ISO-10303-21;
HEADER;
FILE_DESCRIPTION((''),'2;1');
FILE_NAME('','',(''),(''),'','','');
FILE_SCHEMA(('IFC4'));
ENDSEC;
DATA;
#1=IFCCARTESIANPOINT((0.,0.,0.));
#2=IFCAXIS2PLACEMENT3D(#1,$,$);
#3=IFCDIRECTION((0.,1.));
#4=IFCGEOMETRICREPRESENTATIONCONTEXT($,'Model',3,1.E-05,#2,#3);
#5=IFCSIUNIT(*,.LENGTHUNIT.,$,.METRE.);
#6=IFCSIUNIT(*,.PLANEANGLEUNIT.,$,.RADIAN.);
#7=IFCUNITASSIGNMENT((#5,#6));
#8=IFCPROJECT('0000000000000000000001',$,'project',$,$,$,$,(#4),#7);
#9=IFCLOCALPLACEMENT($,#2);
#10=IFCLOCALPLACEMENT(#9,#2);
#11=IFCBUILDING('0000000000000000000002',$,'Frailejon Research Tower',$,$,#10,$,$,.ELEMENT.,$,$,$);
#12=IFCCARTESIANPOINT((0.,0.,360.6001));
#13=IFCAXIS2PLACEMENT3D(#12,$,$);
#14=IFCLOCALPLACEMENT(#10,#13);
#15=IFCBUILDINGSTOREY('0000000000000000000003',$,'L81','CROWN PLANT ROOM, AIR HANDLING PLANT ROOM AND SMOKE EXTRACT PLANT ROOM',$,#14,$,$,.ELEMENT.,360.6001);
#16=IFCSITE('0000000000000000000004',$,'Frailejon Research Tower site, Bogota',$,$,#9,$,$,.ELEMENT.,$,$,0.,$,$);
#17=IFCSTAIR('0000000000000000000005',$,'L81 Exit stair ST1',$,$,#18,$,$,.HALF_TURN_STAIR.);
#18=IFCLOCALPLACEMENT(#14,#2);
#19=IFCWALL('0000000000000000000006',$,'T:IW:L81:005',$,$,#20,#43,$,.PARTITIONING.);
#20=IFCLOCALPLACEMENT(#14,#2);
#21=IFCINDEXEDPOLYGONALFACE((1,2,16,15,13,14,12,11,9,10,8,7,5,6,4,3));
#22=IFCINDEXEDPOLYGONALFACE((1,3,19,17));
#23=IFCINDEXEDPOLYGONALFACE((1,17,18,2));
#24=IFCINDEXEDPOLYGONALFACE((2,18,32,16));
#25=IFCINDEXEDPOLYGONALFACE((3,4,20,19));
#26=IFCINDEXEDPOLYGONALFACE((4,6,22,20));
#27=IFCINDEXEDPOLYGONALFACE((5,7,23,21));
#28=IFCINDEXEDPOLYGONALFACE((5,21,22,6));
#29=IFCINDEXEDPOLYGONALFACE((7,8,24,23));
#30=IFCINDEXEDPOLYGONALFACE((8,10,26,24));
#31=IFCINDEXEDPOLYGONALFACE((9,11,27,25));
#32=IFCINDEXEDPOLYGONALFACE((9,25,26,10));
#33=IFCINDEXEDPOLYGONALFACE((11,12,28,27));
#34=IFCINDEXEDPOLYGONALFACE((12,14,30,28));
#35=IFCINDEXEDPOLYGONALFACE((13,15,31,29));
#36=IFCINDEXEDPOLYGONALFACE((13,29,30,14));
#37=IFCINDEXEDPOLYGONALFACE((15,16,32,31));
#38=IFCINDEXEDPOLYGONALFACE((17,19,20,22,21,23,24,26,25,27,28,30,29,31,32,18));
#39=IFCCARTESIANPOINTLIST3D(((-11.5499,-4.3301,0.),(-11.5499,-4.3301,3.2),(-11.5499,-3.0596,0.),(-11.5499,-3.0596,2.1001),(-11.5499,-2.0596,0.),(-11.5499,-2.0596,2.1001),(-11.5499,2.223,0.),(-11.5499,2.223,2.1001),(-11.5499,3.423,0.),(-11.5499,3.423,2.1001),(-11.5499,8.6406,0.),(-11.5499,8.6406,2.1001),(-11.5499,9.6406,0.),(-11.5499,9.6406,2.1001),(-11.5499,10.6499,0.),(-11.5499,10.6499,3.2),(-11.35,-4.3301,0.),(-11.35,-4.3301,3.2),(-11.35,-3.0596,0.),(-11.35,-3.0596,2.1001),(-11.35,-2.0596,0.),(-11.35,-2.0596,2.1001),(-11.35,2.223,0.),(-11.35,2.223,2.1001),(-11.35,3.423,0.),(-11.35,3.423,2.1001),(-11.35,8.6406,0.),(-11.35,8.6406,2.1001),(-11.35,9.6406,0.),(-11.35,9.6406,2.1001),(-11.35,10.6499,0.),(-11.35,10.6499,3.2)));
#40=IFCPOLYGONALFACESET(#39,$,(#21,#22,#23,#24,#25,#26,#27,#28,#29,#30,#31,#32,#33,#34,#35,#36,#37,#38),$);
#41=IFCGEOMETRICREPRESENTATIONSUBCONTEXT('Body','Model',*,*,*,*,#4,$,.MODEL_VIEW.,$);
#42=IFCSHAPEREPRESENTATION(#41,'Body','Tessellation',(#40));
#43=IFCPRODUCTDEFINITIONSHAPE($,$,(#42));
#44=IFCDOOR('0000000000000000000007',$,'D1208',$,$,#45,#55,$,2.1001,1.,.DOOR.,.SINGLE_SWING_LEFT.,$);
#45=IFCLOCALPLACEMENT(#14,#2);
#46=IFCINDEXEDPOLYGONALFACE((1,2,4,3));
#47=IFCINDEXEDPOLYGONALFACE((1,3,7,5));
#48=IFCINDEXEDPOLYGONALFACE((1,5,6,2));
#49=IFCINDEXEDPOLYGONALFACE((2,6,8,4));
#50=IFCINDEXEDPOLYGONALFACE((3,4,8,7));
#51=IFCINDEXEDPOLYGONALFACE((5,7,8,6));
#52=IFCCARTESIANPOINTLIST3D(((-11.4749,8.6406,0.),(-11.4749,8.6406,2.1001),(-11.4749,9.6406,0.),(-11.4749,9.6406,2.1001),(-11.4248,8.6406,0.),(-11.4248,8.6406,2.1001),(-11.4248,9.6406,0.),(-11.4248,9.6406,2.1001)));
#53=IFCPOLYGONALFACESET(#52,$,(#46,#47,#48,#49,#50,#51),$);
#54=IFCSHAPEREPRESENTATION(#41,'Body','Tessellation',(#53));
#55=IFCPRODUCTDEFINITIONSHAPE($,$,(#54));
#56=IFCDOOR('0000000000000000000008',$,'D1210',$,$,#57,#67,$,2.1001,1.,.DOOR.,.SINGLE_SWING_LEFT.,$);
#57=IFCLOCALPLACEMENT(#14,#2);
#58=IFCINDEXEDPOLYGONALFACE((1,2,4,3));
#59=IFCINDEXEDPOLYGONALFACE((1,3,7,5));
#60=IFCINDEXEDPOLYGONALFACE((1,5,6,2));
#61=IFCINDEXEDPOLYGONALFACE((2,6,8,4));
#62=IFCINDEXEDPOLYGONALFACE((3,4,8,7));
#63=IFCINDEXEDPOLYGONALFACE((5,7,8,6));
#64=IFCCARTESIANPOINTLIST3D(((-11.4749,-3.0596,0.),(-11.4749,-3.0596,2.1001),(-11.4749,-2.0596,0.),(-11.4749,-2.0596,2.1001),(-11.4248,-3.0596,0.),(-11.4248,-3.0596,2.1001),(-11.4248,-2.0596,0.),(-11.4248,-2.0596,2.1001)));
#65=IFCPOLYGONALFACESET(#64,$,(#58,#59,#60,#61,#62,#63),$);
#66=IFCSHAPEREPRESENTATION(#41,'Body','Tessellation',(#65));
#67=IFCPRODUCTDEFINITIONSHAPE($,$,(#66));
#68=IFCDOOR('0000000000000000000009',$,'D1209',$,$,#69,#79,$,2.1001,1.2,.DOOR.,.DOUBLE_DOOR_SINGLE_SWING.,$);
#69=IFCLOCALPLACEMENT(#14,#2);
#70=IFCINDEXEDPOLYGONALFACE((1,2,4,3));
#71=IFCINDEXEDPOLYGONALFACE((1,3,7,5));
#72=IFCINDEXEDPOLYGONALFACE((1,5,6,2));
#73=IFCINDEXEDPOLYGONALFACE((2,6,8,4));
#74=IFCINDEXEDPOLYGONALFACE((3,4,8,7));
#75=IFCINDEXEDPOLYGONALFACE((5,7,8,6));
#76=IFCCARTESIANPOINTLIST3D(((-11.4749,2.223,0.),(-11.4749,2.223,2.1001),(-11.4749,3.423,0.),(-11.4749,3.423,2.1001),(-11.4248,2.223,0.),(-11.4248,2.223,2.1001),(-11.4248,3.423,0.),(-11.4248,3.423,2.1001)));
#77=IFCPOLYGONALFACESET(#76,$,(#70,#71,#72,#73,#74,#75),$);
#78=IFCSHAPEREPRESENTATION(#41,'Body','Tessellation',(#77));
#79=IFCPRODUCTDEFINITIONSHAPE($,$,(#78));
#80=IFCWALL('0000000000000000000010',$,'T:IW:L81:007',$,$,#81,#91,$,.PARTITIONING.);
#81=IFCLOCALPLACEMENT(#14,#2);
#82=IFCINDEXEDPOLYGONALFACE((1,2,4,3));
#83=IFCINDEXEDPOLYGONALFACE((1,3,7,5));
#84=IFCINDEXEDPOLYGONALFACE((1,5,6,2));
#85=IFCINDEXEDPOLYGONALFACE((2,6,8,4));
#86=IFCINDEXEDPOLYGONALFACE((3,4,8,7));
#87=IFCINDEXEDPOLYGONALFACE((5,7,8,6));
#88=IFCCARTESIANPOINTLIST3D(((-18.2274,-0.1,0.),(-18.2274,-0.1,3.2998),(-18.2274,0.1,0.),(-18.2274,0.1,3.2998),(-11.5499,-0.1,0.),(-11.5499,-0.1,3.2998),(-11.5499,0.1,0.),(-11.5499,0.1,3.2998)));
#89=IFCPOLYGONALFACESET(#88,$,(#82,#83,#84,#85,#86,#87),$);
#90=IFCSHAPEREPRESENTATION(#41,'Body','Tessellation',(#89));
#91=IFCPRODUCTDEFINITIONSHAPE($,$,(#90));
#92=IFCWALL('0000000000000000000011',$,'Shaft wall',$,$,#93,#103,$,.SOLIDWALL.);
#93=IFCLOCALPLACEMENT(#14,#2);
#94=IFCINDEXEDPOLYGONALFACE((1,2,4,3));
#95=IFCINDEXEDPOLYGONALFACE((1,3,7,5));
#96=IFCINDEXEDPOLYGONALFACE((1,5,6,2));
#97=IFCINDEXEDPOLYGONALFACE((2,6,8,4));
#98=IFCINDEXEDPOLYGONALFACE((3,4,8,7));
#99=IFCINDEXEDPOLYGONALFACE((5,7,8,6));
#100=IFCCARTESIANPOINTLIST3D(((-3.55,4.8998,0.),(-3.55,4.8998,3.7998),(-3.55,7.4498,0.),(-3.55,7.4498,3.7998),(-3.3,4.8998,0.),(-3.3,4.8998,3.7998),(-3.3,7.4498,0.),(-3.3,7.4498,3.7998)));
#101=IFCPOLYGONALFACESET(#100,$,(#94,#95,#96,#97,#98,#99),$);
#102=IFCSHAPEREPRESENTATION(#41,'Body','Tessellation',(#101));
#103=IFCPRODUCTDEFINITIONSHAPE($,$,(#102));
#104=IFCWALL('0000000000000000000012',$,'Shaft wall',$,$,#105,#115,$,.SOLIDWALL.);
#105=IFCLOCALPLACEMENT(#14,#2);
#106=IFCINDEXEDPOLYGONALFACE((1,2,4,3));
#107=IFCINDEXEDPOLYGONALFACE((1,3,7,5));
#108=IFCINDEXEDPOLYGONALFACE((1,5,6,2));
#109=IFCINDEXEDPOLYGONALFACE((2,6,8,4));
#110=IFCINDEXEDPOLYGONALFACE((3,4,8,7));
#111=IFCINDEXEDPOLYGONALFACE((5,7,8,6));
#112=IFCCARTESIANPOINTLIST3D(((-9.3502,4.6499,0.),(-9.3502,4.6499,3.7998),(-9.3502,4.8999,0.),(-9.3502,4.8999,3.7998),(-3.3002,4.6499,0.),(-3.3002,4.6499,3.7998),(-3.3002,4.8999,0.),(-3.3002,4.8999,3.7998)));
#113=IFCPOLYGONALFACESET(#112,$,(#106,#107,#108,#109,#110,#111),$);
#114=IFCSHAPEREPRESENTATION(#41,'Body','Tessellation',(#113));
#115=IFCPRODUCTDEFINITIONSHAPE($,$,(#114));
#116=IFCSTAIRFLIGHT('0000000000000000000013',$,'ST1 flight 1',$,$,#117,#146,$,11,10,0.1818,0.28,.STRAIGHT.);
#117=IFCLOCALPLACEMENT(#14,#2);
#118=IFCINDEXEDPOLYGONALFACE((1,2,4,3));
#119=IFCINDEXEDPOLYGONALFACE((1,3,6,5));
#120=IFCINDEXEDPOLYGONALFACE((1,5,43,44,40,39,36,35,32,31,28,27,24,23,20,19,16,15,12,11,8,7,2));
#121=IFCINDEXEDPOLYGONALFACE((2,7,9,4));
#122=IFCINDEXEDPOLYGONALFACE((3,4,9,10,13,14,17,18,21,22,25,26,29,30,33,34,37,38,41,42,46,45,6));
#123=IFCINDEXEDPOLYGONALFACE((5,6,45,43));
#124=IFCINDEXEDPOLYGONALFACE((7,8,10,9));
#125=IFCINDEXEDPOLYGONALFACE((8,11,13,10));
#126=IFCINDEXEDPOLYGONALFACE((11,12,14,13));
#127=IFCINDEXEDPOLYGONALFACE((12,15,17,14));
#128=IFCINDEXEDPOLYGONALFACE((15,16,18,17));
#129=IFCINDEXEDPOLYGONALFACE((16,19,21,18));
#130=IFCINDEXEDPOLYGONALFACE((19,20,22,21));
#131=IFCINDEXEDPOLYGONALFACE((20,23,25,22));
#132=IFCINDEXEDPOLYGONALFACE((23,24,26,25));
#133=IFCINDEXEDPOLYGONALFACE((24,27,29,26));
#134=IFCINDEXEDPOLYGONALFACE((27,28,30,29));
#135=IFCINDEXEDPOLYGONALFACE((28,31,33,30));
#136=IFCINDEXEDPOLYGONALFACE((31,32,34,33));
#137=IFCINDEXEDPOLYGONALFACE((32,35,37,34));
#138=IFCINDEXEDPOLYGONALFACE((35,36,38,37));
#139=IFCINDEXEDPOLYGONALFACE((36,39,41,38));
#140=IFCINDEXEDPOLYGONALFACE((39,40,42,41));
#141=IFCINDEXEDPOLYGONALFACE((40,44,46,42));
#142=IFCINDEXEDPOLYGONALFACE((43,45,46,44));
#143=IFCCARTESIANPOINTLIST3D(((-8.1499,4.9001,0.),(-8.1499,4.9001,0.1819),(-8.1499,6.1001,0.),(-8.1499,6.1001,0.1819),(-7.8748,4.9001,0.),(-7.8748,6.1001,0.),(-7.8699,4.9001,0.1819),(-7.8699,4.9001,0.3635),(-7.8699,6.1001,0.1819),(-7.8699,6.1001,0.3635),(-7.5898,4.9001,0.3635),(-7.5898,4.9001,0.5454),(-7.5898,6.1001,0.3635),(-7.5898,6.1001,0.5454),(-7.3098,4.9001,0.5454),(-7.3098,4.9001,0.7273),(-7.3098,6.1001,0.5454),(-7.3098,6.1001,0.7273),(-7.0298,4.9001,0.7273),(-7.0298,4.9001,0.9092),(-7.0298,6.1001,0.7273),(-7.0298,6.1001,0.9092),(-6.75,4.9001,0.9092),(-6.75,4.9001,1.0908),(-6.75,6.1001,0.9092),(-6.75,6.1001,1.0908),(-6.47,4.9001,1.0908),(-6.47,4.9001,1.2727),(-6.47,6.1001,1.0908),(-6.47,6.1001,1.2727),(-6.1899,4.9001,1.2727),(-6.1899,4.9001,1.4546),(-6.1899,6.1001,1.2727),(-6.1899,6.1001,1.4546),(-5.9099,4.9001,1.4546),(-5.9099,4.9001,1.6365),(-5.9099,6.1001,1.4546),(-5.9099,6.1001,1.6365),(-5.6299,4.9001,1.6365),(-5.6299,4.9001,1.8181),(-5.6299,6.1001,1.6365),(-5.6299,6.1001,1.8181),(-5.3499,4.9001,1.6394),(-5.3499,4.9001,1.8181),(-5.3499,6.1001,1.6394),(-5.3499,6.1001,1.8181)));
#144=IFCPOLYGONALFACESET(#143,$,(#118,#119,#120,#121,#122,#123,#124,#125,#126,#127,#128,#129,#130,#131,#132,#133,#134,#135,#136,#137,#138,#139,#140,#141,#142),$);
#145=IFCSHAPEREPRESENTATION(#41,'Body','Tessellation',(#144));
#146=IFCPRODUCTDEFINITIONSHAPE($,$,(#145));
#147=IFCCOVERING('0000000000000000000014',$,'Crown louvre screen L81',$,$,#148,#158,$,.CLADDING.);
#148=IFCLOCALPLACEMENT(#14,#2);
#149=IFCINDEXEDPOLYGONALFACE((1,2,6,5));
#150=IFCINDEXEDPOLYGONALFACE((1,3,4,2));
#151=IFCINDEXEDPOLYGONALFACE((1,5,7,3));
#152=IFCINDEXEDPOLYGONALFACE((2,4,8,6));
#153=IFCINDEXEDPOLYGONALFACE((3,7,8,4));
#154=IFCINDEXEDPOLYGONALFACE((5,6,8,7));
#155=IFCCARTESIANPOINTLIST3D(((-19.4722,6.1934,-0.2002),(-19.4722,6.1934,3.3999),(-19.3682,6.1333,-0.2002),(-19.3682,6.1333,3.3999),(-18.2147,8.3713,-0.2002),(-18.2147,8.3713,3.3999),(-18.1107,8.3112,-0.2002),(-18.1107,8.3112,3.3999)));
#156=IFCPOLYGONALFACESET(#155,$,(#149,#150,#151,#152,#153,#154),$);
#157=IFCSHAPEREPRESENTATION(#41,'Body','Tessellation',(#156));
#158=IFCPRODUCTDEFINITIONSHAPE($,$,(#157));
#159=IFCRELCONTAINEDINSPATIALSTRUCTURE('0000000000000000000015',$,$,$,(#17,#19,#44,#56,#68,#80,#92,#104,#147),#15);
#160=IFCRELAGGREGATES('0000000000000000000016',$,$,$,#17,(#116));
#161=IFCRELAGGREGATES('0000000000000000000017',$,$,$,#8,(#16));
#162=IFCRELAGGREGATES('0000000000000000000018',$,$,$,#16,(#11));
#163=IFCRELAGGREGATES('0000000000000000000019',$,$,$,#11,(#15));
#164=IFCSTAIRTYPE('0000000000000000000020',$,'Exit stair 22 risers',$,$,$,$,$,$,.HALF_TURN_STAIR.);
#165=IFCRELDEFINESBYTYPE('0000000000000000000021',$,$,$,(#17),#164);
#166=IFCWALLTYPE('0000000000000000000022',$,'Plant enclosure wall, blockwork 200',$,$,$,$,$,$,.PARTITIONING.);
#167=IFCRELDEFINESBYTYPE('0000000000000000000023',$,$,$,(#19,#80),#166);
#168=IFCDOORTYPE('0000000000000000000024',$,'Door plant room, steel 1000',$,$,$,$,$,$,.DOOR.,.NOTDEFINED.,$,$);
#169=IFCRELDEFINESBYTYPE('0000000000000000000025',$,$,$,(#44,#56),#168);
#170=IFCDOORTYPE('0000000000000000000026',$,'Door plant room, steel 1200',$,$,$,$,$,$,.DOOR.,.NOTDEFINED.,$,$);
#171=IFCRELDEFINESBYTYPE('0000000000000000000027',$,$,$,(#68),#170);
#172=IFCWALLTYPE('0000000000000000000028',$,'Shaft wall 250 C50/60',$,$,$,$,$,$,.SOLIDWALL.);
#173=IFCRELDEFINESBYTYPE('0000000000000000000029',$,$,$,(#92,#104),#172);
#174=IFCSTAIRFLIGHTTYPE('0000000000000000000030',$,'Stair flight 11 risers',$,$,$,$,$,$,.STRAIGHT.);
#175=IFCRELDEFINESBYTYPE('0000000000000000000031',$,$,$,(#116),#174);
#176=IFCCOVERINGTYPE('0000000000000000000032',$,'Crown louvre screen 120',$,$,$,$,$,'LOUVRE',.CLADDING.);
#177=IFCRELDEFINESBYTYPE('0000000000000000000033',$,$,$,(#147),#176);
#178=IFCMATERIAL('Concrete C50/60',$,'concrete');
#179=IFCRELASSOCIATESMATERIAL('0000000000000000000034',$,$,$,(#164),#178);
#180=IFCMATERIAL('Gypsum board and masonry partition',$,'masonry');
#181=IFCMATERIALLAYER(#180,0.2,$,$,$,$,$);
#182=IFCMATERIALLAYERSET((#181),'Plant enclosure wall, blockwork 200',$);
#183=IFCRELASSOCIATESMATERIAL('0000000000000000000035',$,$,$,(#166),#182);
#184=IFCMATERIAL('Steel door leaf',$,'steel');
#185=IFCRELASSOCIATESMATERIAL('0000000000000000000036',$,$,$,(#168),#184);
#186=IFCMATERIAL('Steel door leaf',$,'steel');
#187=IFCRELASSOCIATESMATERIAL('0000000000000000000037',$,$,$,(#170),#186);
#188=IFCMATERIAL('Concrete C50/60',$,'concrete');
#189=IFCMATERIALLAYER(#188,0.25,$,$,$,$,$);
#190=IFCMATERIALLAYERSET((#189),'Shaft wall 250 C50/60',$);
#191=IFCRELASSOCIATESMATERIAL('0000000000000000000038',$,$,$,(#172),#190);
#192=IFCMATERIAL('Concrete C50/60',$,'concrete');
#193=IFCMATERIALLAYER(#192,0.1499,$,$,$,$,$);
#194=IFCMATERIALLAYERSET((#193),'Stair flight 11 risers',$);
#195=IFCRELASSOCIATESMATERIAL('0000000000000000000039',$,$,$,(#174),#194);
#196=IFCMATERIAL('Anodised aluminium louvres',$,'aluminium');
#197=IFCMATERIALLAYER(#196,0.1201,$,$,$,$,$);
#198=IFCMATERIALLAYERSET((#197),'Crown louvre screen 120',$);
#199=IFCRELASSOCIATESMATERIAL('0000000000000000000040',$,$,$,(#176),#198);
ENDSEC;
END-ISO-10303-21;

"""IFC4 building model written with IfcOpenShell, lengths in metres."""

from ifc_helpers import new_model, si_unit, direction, frame, frame_2d, origin, place, context, subcontext, project, spatial, polyline, rectangle, outline, extrude, material, layer, layer_set, type_object, element, fill, aggregate, save


model = new_model("IFC4")

# Units and contexts
model_context = context("Model", 3, precision=1e-05, world=origin(), true_north=direction((0.0, 1.0)))
body_context = subcontext(model_context, "Body", "Model", "MODEL_VIEW")
ifc_project = project(units=[si_unit("LENGTHUNIT", "METRE"), si_unit("PLANEANGLEUNIT", "RADIAN")], contexts=[model_context])

# Site, building, storey
site_placement = place(None, origin())
site = spatial("IfcSite", under=ifc_project, at=site_placement, Name="Frailejon Research Tower site, Bogota", CompositionType="ELEMENT", RefElevation=0.0)
building_placement = place(site_placement, origin())
building = spatial("IfcBuilding", under=site, at=building_placement, Name="Frailejon Research Tower", CompositionType="ELEMENT")
storey_placement = place(building_placement, frame((0.0, 0.0, 360.6001)))
storey = spatial("IfcBuildingStorey", under=building, at=storey_placement, Name="L81", Description="CROWN PLANT ROOM, AIR HANDLING PLANT ROOM AND SMOKE EXTRACT PLANT ROOM", CompositionType="ELEMENT", Elevation=360.6001)

# Stair
ifc_material_1 = material(Name="Concrete C50/60", Category="concrete")
stair_type = type_object("IfcStairType", Name="Exit stair 22 risers", PredefinedType="HALF_TURN_STAIR", material=ifc_material_1)
stair_1_placement = place(storey_placement, origin())
stair_1 = element("IfcStair", 1, at=stair_1_placement, inside=storey, type_object=stair_type, Name="L81 Exit stair ST1", PredefinedType="HALF_TURN_STAIR")

# Wall, openings, doors
ifc_material_2 = material(Name="Gypsum board and masonry partition", Category="masonry")
ifc_layer_1 = layer(ifc_material_2, 0.2)
ifc_layer_set_1 = layer_set([ifc_layer_1], Name="Plant enclosure wall, blockwork 200")
wall_type_1 = type_object("IfcWallType", Name="Plant enclosure wall, blockwork 200", PredefinedType="PARTITIONING", material=ifc_layer_set_1)
wall_1_placement = place(storey_placement, frame((-11.45, -4.3301, 0.0), z_axis=(0.0, 0.0, 1.0), x_axis=(0.0, 1.0, 0.0)))
wall_1 = element("IfcWall", 2, at=wall_1_placement, inside=storey, type_object=wall_type_1, Name="T:IW:L81:005", PredefinedType="PARTITIONING", context=body_context, shape_type="SweptSolid", body=[
    extrude(rectangle(XDim=14.98, YDim=0.2, at=frame_2d((7.49, 0.0))), origin(), (0.0, 0.0, 1.0), 3.2),
])
opening_1_placement = place(wall_1_placement, frame((12.9707, 0.0, 0.0)))
opening_1 = element("IfcOpeningElement", 3, at=opening_1_placement, cuts=wall_1, PredefinedType="OPENING", context=body_context, shape_type="SweptSolid", body=[
    extrude(rectangle(XDim=1.0, YDim=2.1001, at=frame_2d((0.5, 1.05))), frame((0.0, 0.1099, 0.0), z_axis=(0.0, -1.0, 0.0), x_axis=(1.0, 0.0, 0.0)), (0.0, 0.0, 1.0), 0.22),
])
opening_2_placement = place(wall_1_placement, frame((6.553, 0.0, 0.0)))
opening_2 = element("IfcOpeningElement", 4, at=opening_2_placement, cuts=wall_1, PredefinedType="OPENING", context=body_context, shape_type="SweptSolid", body=[
    extrude(rectangle(XDim=1.2, YDim=2.1001, at=frame_2d((0.6001, 1.05))), frame((0.0, 0.1099, 0.0), z_axis=(0.0, -1.0, 0.0), x_axis=(1.0, 0.0, 0.0)), (0.0, 0.0, 1.0), 0.22),
])
opening_3_placement = place(wall_1_placement, frame((1.2705, 0.0, 0.0)))
opening_3 = element("IfcOpeningElement", 5, at=opening_3_placement, cuts=wall_1, PredefinedType="OPENING", context=body_context, shape_type="SweptSolid", body=[
    extrude(rectangle(XDim=1.0, YDim=2.1001, at=frame_2d((0.5, 1.05))), frame((0.0, 0.1099, 0.0), z_axis=(0.0, -1.0, 0.0), x_axis=(1.0, 0.0, 0.0)), (0.0, 0.0, 1.0), 0.22),
])
ifc_material_3 = material(Name="Steel door leaf", Category="steel")
door_type_1 = type_object("IfcDoorType", Name="Door plant room, steel 1000", OperationType="NOTDEFINED", PredefinedType="DOOR", material=ifc_material_3)
door_1_placement = place(opening_1_placement, origin())
door_1 = element("IfcDoor", 6, at=door_1_placement, inside=storey, type_object=door_type_1, Name="D1208", OperationType="SINGLE_SWING_LEFT", OverallHeight=2.1001, OverallWidth=1.0, PredefinedType="DOOR", context=body_context, shape_type="SweptSolid", body=[
    extrude(rectangle(XDim=1.0, YDim=2.1001, at=frame_2d((0.5, 1.05))), frame((0.0, 0.0249, 0.0), z_axis=(0.0, -1.0, 0.0), x_axis=(1.0, 0.0, 0.0)), (0.0, 0.0, 1.0), 0.05),
])
fill(opening_1, door_1)
door_2_placement = place(opening_3_placement, origin())
door_2 = element("IfcDoor", 7, at=door_2_placement, inside=storey, type_object=door_type_1, Name="D1210", OperationType="SINGLE_SWING_LEFT", OverallHeight=2.1001, OverallWidth=1.0, PredefinedType="DOOR", context=body_context, shape_type="SweptSolid", body=[
    extrude(rectangle(XDim=1.0, YDim=2.1001, at=frame_2d((0.5, 1.05))), frame((0.0, 0.0249, 0.0), z_axis=(0.0, -1.0, 0.0), x_axis=(1.0, 0.0, 0.0)), (0.0, 0.0, 1.0), 0.05),
])
fill(opening_3, door_2)
ifc_material_4 = material(Name="Steel door leaf", Category="steel")
door_type_2 = type_object("IfcDoorType", Name="Door plant room, steel 1200", OperationType="NOTDEFINED", PredefinedType="DOOR", material=ifc_material_4)
door_3_placement = place(opening_2_placement, origin())
door_3 = element("IfcDoor", 8, at=door_3_placement, inside=storey, type_object=door_type_2, Name="D1209", OperationType="DOUBLE_DOOR_SINGLE_SWING", OverallHeight=2.1001, OverallWidth=1.2, PredefinedType="DOOR", context=body_context, shape_type="SweptSolid", body=[
    extrude(rectangle(XDim=1.2, YDim=2.1001, at=frame_2d((0.6001, 1.05))), frame((0.0, 0.0249, 0.0), z_axis=(0.0, -1.0, 0.0), x_axis=(1.0, 0.0, 0.0)), (0.0, 0.0, 1.0), 0.05),
])
fill(opening_2, door_3)

# Walls
wall_2_placement = place(storey_placement, frame((-18.2275, 0.0, 0.0), z_axis=(0.0, 0.0, 1.0), x_axis=(1.0, 0.0, 0.0)))
element("IfcWall", 9, at=wall_2_placement, inside=storey, type_object=wall_type_1, Name="T:IW:L81:007", PredefinedType="PARTITIONING", context=body_context, shape_type="SweptSolid", body=[
    extrude(rectangle(XDim=6.6775, YDim=0.2, at=frame_2d((3.3389, 0.0))), origin(), (0.0, 0.0, 1.0), 3.2998),
])
ifc_material_5 = material(Name="Concrete C50/60", Category="concrete")
ifc_layer_2 = layer(ifc_material_5, 0.25)
ifc_layer_set_2 = layer_set([ifc_layer_2], Name="Shaft wall 250 C50/60")
wall_type_2 = type_object("IfcWallType", Name="Shaft wall 250 C50/60", PredefinedType="SOLIDWALL", material=ifc_layer_set_2)
wall_3_placement = place(storey_placement, frame((-3.425, 4.8999, 0.0), z_axis=(0.0, 0.0, 1.0), x_axis=(0.0, 1.0, 0.0)))
element("IfcWall", 10, at=wall_3_placement, inside=storey, type_object=wall_type_2, Name="Shaft wall", PredefinedType="SOLIDWALL", context=body_context, shape_type="SweptSolid", body=[
    extrude(rectangle(XDim=2.55, YDim=0.25, at=frame_2d((1.2749, 0.0))), origin(), (0.0, 0.0, 1.0), 3.7998),
])
wall_4_placement = place(storey_placement, frame((-9.3501, 4.7749, 0.0), z_axis=(0.0, 0.0, 1.0), x_axis=(1.0, 0.0, 0.0)))
element("IfcWall", 11, at=wall_4_placement, inside=storey, type_object=wall_type_2, Name="Shaft wall", PredefinedType="SOLIDWALL", context=body_context, shape_type="SweptSolid", body=[
    extrude(rectangle(XDim=6.05, YDim=0.25, at=frame_2d((3.0249, 0.0))), origin(), (0.0, 0.0, 1.0), 3.7998),
])

# Stair flight
ifc_material_6 = material(Name="Concrete C50/60", Category="concrete")
ifc_layer_3 = layer(ifc_material_6, 0.1499)
ifc_layer_set_3 = layer_set([ifc_layer_3], Name="Stair flight 11 risers")
stair_flight_type = type_object("IfcStairFlightType", Name="Stair flight 11 risers", PredefinedType="STRAIGHT", material=ifc_layer_set_3)
stair_flight_placement = place(storey_placement, frame((-8.1499, 5.5, 0.0), z_axis=(0.0, 0.0, 1.0), x_axis=(1.0, 0.0, 0.0)))
stair_flight = element("IfcStairFlight", 12, at=stair_flight_placement, type_object=stair_flight_type, Name="ST1 flight 1", NumberOfRisers=11, NumberOfTreads=10, PredefinedType="STRAIGHT", RiserHeight=0.1818, TreadLength=0.28, context=body_context, shape_type="SweptSolid", body=[
    extrude(outline(polyline([(0.0, 0.0), (0.0, 0.1819), (0.28, 0.1819), (0.28, 0.3635), (0.5601, 0.3635), (0.5601, 0.5454), (0.8401, 0.5454), (0.8401, 0.7273), (1.1201, 0.7273), (1.1201, 0.9092), (1.3999, 0.9092), (1.3999, 1.0908), (1.6799, 1.0908), (1.6799, 1.2727), (1.96, 1.2727), (1.96, 1.4546), (2.24, 1.4546), (2.24, 1.6365), (2.52, 1.6365), (2.52, 1.8181), (2.8, 1.8181), (2.8, 2.0), (2.8, 1.6394), (0.2751, 0.0), (0.0, 0.0)])), frame((0.0, 0.6001, 0.0), z_axis=(0.0, -1.0, 0.0), x_axis=(1.0, 0.0, 0.0)), (0.0, 0.0, 1.0), 1.2),
])
aggregate(stair_1, [stair_flight])

# Covering
ifc_material_7 = material(Name="Anodised aluminium louvres", Category="aluminium")
ifc_layer_4 = layer(ifc_material_7, 0.1201)
ifc_layer_set_4 = layer_set([ifc_layer_4], Name="Crown louvre screen 120")
covering_type = type_object("IfcCoveringType", Name="Crown louvre screen 120", ElementType="LOUVRE", PredefinedType="CLADDING", material=ifc_layer_set_4)
covering_placement = place(storey_placement, frame((-19.4202, 6.1633, -0.2002), z_axis=(0.500009, 0.86602, 0.0), x_axis=(-0.86602, 0.500009, 0.0)))
element("IfcCovering", 13, at=covering_placement, inside=storey, type_object=covering_type, Name="Crown louvre screen L81", PredefinedType="CLADDING", context=body_context, shape_type="SweptSolid", body=[
    extrude(outline(polyline([(-0.0601, 0.0), (0.0601, 0.0), (0.0601, 3.6001), (-0.0601, 3.6001), (-0.0601, 0.0)])), origin(), (0.0, 0.0, 1.0), 2.5149),
])

save(model, "model.ifc")
